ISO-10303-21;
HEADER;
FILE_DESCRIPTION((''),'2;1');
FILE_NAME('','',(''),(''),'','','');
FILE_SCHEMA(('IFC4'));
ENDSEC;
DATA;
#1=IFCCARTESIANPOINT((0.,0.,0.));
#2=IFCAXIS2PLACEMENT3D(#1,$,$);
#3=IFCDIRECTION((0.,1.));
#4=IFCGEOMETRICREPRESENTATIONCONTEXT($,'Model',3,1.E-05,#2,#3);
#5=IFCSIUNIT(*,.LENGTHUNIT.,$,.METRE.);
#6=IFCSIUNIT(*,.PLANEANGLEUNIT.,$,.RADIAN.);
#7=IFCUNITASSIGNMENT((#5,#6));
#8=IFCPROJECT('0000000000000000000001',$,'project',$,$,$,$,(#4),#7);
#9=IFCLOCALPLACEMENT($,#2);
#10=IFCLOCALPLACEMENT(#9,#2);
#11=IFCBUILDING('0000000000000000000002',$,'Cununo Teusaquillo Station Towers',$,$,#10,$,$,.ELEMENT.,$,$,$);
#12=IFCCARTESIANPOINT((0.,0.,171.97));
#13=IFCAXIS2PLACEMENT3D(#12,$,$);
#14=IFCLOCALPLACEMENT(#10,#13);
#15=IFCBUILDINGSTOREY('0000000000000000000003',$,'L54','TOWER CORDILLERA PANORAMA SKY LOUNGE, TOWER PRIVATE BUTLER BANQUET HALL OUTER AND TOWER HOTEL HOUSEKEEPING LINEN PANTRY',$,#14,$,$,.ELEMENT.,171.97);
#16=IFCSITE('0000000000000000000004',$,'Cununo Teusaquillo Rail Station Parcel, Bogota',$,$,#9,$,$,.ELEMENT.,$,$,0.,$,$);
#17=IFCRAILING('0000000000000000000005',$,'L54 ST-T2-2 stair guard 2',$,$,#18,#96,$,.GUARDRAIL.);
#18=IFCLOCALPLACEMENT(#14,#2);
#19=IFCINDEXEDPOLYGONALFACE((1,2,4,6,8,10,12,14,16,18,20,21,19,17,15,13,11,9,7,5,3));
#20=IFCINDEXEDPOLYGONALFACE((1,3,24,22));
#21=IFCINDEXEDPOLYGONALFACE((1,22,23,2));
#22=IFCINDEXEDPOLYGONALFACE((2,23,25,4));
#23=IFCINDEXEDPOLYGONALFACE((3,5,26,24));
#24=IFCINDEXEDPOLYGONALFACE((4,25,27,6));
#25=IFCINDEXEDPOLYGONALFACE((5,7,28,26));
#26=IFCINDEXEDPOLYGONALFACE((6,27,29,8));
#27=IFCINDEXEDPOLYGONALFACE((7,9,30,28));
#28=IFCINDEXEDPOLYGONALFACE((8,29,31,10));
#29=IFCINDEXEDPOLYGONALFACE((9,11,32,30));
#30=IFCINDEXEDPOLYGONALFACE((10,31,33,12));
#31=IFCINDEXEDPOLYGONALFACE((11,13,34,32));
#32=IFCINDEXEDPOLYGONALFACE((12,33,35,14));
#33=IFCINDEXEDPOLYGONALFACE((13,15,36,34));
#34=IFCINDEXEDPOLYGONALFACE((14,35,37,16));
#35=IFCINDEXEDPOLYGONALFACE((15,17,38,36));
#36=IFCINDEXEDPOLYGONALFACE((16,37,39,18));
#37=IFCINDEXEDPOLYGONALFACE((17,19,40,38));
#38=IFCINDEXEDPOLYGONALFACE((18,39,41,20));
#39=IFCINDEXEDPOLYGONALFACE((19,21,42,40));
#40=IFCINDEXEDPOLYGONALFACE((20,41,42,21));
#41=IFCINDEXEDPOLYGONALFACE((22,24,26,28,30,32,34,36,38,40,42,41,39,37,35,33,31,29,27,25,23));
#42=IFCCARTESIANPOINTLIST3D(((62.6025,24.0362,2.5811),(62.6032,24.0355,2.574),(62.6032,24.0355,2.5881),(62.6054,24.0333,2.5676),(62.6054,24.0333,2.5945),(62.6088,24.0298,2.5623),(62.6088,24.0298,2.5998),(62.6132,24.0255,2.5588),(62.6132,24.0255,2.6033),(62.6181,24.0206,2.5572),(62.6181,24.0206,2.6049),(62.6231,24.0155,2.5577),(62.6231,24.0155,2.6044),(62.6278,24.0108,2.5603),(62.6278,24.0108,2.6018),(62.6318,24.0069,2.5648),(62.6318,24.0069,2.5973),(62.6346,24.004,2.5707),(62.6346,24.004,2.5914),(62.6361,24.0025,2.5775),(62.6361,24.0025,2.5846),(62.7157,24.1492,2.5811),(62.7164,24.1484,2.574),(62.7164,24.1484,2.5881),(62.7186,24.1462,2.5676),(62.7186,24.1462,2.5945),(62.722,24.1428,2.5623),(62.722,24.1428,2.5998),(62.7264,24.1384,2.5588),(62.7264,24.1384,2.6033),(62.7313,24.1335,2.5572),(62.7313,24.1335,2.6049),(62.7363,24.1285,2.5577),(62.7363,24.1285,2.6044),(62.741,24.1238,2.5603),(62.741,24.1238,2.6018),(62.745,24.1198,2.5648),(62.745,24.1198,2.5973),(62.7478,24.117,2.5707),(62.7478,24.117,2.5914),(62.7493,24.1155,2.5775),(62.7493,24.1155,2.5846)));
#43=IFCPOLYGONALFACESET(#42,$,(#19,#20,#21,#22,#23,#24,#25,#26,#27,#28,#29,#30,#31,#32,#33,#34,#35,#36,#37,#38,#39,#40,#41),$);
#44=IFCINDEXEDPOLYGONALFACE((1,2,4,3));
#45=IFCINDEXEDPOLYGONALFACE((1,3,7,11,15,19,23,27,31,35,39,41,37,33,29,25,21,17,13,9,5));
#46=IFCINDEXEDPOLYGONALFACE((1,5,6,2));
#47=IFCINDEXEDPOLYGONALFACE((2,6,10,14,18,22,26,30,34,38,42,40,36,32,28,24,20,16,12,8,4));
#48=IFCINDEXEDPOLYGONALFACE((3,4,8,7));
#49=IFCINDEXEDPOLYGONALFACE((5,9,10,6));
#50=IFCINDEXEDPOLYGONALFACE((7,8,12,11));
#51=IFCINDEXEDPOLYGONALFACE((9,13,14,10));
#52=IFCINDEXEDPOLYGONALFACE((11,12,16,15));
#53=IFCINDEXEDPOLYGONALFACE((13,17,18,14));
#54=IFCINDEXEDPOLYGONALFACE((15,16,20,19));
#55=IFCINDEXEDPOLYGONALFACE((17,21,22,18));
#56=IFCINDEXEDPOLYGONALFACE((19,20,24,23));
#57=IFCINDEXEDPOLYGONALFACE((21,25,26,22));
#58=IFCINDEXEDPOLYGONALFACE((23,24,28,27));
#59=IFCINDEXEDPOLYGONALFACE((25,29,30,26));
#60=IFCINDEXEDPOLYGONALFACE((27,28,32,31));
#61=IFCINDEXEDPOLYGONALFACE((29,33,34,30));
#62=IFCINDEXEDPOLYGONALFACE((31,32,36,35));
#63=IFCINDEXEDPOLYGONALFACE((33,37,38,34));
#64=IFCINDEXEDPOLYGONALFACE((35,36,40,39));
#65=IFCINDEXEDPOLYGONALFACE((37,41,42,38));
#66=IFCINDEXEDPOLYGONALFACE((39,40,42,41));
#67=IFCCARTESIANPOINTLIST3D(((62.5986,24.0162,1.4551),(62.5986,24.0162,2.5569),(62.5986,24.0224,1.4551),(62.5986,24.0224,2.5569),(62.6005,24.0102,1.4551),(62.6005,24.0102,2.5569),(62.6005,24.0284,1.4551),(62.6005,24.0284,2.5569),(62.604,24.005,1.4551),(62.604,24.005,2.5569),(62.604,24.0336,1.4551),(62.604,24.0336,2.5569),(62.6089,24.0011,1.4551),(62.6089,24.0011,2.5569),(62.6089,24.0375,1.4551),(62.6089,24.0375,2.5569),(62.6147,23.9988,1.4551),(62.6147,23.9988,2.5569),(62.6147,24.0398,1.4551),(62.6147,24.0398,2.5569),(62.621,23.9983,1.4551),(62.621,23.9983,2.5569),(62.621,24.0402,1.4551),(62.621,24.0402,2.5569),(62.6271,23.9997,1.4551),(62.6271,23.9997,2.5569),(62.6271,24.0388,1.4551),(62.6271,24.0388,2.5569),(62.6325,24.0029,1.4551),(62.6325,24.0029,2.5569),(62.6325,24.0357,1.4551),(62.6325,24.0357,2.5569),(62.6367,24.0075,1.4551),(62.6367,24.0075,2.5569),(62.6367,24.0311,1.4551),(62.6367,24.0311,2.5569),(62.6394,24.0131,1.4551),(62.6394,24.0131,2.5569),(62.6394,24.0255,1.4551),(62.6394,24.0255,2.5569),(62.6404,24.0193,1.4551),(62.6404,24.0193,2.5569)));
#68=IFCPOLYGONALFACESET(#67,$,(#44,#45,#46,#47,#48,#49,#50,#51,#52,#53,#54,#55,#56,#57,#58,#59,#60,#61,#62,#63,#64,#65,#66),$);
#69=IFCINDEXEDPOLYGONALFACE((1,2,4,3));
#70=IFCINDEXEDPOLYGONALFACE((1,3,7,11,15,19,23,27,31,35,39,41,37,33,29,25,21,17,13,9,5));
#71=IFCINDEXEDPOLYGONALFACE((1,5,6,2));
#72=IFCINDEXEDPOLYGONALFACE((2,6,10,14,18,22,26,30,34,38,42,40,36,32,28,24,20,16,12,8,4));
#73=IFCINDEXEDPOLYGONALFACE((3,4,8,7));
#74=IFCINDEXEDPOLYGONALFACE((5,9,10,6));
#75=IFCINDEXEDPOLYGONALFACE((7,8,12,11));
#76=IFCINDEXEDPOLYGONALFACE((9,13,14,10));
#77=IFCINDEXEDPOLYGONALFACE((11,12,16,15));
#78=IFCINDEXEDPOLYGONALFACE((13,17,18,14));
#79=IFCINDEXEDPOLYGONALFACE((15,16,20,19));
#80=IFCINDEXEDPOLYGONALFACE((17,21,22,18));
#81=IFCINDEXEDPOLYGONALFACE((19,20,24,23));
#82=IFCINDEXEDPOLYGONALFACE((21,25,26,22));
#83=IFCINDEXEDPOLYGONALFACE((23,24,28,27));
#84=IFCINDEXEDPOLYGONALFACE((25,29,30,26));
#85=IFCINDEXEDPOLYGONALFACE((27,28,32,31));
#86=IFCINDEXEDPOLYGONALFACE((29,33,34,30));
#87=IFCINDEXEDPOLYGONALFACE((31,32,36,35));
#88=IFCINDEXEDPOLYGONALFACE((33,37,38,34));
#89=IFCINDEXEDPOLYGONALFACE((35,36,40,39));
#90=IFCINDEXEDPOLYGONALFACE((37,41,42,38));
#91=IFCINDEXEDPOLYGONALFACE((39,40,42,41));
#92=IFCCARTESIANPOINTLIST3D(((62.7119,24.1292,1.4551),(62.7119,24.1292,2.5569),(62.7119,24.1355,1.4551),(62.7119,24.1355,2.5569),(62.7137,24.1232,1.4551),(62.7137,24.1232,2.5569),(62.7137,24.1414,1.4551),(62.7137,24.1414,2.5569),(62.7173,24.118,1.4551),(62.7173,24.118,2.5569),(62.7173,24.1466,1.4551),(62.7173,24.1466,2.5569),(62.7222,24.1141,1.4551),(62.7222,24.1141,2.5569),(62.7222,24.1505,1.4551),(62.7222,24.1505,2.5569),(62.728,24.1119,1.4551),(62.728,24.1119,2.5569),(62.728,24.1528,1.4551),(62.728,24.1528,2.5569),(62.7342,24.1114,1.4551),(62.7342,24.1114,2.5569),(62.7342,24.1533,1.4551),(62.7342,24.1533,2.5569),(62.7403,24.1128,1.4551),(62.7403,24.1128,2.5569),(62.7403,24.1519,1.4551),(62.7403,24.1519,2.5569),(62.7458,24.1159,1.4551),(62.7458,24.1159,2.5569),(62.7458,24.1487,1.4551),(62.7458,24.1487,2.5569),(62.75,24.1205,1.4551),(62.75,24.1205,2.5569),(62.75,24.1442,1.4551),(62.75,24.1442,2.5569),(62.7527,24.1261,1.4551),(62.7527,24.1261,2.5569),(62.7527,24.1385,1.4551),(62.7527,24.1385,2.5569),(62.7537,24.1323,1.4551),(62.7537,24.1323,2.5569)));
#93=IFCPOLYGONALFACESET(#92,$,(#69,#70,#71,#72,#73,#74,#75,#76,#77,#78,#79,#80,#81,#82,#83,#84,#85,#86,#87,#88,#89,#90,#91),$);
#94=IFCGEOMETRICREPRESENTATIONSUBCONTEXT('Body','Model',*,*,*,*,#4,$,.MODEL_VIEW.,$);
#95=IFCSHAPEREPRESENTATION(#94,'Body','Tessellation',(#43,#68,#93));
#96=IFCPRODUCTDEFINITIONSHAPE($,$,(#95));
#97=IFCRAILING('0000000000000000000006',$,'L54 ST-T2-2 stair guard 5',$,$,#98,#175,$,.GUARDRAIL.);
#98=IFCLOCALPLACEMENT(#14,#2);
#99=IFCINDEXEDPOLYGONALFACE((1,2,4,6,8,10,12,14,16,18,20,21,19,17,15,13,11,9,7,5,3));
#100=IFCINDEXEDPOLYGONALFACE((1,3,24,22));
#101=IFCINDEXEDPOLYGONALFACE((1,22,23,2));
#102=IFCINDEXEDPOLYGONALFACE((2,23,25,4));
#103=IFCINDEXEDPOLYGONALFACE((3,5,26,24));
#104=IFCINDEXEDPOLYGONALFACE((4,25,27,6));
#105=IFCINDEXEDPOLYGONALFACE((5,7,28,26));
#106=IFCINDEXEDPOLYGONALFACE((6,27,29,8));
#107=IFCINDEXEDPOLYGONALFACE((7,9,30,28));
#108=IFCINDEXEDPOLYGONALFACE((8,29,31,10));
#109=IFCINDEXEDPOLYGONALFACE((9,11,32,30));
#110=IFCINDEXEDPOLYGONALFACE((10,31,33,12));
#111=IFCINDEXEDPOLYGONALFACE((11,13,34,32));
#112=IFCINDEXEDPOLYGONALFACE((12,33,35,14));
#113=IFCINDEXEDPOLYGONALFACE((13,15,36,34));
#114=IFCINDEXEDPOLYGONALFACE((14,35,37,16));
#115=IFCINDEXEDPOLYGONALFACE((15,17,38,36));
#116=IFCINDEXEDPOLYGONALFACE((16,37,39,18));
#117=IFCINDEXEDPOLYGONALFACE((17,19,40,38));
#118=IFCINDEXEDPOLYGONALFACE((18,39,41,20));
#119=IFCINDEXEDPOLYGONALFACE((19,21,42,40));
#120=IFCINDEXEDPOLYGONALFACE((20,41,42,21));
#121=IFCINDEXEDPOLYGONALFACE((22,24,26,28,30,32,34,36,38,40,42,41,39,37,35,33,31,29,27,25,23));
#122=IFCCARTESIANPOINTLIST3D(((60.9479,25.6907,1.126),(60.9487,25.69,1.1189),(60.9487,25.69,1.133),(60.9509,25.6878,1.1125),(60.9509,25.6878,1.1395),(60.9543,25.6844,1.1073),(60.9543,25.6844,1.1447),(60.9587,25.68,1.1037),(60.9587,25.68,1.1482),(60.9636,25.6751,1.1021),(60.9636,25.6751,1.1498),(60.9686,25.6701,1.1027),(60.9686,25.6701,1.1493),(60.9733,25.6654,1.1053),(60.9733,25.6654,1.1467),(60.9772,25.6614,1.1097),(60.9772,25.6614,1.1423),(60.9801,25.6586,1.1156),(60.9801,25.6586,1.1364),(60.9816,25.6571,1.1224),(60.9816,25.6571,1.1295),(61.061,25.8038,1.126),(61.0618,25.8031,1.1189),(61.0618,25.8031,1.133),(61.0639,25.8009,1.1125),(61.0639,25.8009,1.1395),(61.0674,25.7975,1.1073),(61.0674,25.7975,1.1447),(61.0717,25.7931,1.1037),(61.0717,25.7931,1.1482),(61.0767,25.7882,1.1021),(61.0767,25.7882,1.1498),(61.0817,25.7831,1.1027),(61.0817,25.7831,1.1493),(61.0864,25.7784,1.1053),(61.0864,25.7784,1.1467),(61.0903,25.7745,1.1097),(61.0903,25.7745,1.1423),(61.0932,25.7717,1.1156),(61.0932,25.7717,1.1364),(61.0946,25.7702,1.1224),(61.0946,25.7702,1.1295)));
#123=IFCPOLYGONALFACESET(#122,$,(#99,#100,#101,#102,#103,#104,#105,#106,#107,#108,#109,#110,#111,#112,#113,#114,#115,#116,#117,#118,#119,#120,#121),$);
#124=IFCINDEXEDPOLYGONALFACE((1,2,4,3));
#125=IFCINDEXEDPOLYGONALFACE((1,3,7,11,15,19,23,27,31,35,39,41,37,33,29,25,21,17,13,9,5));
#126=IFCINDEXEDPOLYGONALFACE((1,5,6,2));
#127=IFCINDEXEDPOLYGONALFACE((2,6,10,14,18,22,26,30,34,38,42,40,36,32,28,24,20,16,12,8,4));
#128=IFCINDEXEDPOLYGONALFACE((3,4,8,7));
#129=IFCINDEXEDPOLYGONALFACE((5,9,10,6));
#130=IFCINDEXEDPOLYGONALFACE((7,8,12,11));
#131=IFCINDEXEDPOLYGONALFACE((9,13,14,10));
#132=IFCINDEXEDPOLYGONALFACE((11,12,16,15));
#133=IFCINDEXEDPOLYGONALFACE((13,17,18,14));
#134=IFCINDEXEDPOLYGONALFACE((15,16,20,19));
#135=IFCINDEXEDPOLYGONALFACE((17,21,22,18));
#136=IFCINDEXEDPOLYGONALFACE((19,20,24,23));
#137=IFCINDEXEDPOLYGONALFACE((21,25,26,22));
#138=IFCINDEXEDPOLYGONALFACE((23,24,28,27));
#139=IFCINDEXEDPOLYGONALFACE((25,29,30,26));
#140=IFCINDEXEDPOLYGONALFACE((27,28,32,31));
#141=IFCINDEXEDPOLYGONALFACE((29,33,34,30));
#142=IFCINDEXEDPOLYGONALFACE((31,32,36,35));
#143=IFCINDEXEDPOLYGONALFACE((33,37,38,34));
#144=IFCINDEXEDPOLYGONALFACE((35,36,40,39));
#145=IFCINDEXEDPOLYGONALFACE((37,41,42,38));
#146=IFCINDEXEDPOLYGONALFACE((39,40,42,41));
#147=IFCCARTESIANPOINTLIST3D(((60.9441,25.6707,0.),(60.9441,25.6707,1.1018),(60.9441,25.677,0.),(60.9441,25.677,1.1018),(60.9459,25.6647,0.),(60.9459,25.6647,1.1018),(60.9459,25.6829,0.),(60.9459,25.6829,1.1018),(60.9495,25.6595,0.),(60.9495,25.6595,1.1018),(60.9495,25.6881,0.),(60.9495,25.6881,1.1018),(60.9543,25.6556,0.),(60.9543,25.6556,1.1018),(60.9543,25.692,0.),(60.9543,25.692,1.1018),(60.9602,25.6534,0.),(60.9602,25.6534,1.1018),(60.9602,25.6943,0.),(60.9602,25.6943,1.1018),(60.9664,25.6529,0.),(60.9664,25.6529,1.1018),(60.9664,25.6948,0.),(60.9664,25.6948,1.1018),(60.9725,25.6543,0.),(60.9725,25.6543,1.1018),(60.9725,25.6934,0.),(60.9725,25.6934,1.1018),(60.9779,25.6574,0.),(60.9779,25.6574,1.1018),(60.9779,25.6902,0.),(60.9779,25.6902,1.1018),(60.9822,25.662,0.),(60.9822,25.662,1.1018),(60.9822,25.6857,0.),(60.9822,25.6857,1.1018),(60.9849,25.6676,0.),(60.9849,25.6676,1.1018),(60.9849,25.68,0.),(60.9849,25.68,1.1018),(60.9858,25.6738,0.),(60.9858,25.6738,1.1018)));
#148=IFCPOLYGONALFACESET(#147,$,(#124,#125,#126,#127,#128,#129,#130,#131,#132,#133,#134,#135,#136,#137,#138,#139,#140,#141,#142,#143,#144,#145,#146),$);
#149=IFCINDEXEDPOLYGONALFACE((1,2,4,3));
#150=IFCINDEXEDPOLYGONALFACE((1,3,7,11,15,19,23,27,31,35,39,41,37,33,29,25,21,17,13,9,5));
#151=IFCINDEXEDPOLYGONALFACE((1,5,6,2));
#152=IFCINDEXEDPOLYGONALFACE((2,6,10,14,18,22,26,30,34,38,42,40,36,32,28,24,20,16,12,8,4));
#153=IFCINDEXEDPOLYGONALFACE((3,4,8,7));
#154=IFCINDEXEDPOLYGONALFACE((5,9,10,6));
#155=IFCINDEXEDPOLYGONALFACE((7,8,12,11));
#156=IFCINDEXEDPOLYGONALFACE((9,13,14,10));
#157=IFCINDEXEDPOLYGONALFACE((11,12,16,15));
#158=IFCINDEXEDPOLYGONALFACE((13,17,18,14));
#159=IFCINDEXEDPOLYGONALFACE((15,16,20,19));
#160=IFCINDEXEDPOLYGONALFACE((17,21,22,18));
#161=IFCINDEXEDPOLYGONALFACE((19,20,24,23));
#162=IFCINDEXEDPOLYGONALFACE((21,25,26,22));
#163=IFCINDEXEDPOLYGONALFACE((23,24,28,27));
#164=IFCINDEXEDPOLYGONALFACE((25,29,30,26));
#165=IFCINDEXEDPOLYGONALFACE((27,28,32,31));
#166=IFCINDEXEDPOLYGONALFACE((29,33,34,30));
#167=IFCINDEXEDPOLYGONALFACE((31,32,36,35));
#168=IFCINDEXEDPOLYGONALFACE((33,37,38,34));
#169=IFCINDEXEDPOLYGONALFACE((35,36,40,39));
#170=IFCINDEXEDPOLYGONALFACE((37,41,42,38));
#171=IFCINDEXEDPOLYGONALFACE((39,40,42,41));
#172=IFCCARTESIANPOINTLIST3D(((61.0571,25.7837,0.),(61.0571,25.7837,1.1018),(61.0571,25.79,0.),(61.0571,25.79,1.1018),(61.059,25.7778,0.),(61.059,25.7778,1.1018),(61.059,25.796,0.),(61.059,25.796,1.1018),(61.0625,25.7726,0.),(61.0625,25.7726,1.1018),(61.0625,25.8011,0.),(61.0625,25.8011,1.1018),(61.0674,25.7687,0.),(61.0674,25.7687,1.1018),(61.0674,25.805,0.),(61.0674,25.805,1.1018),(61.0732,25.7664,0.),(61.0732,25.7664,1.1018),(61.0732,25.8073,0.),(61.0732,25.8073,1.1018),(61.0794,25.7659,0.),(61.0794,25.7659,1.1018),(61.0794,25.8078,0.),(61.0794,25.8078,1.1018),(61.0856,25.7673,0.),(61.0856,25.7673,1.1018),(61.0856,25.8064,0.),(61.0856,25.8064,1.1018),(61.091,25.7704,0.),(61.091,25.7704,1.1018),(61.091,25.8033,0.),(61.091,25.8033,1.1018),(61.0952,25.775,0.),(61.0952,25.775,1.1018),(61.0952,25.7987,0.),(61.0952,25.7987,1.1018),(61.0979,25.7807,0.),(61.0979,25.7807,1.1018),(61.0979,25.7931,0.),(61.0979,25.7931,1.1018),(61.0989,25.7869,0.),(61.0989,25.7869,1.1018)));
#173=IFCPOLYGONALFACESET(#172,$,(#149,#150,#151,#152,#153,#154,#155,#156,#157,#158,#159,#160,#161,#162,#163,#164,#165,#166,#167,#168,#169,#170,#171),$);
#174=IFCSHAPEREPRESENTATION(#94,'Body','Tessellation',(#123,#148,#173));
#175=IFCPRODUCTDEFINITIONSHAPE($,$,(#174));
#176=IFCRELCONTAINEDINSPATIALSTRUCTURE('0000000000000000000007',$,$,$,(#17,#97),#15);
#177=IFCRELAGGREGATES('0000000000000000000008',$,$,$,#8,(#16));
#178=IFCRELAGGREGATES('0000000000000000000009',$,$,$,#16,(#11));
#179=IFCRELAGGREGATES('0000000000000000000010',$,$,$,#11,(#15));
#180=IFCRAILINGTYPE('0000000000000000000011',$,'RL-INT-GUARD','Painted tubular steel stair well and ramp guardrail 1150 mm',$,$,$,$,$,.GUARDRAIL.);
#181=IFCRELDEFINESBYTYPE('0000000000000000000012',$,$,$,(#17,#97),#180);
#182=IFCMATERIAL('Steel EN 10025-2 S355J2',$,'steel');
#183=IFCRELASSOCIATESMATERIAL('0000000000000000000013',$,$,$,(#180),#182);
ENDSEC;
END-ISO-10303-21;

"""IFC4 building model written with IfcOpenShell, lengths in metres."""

from ifc_helpers import new_model, si_unit, direction, frame, origin, origin_2d, place, context, subcontext, project, spatial, circle, extrude, material, type_object, element, save


model = new_model("IFC4")

# Units and contexts
model_context = context("Model", 3, precision=1e-05, world=origin(), true_north=direction((0.0, 1.0)))
body_context = subcontext(model_context, "Body", "Model", "MODEL_VIEW")
ifc_project = project(units=[si_unit("LENGTHUNIT", "METRE"), si_unit("PLANEANGLEUNIT", "RADIAN")], contexts=[model_context])

# Site, building, storey
site_placement = place(None, origin())
site = spatial("IfcSite", under=ifc_project, at=site_placement, Name="Cununo Teusaquillo Rail Station Parcel, Bogota", CompositionType="ELEMENT", RefElevation=0.0)
building_placement = place(site_placement, origin())
building = spatial("IfcBuilding", under=site, at=building_placement, Name="Cununo Teusaquillo Station Towers", CompositionType="ELEMENT")
storey_placement = place(building_placement, frame((0.0, 0.0, 171.97)))
storey = spatial("IfcBuildingStorey", under=building, at=storey_placement, Name="L54", Description="TOWER CORDILLERA PANORAMA SKY LOUNGE, TOWER PRIVATE BUTLER BANQUET HALL OUTER AND TOWER HOTEL HOUSEKEEPING LINEN PANTRY", CompositionType="ELEMENT", Elevation=171.97)

# Railings
ifc_material_1 = material(Name="Steel EN 10025-2 S355J2", Category="steel")
railing_type_1 = type_object("IfcRailingType", Name="RL-INT-GUARD", Description="Painted tubular steel stair well and ramp guardrail 1150 mm", PredefinedType="GUARDRAIL", material=ifc_material_1)
railing_1_placement = place(storey_placement, frame((62.6194, 24.0193, 1.4551)))
element("IfcRailing", 1, at=railing_1_placement, inside=storey, type_object=railing_type_1, Name="L54 ST-T2-2 stair guard 2", PredefinedType="GUARDRAIL", context=body_context, shape_type="SweptSolid", body=[
    extrude(circle(Radius=0.0239, at=origin_2d()), frame((0.0, 0.0, 1.126), z_axis=(0.707869, 0.706344, 0.0), x_axis=(-0.706344, 0.707869, 0.0)), (0.0, 0.0, 1.0), 0.1599),
    extrude(circle(Radius=0.021, at=origin_2d()), origin(), (0.0, 0.0, 1.0), 1.1018),
    extrude(circle(Radius=0.021, at=origin_2d()), frame((0.1133, 0.113, 0.0)), (0.0, 0.0, 1.0), 1.1018),
])
railing_2_placement = place(storey_placement, frame((60.9648, 25.6738, 0.0)))
element("IfcRailing", 2, at=railing_2_placement, inside=storey, type_object=railing_type_1, Name="L54 ST-T2-2 stair guard 5", PredefinedType="GUARDRAIL", context=body_context, shape_type="SweptSolid", body=[
    extrude(circle(Radius=0.0239, at=origin_2d()), frame((0.0, 0.0, 1.126), z_axis=(0.707107, 0.707107, 0.0), x_axis=(-0.707107, 0.707107, 0.0)), (0.0, 0.0, 1.0), 0.1599),
    extrude(circle(Radius=0.021, at=origin_2d()), origin(), (0.0, 0.0, 1.0), 1.1018),
    extrude(circle(Radius=0.021, at=origin_2d()), frame((0.113, 0.113, 0.0)), (0.0, 0.0, 1.0), 1.1018),
])

save(model, "model.ifc")
